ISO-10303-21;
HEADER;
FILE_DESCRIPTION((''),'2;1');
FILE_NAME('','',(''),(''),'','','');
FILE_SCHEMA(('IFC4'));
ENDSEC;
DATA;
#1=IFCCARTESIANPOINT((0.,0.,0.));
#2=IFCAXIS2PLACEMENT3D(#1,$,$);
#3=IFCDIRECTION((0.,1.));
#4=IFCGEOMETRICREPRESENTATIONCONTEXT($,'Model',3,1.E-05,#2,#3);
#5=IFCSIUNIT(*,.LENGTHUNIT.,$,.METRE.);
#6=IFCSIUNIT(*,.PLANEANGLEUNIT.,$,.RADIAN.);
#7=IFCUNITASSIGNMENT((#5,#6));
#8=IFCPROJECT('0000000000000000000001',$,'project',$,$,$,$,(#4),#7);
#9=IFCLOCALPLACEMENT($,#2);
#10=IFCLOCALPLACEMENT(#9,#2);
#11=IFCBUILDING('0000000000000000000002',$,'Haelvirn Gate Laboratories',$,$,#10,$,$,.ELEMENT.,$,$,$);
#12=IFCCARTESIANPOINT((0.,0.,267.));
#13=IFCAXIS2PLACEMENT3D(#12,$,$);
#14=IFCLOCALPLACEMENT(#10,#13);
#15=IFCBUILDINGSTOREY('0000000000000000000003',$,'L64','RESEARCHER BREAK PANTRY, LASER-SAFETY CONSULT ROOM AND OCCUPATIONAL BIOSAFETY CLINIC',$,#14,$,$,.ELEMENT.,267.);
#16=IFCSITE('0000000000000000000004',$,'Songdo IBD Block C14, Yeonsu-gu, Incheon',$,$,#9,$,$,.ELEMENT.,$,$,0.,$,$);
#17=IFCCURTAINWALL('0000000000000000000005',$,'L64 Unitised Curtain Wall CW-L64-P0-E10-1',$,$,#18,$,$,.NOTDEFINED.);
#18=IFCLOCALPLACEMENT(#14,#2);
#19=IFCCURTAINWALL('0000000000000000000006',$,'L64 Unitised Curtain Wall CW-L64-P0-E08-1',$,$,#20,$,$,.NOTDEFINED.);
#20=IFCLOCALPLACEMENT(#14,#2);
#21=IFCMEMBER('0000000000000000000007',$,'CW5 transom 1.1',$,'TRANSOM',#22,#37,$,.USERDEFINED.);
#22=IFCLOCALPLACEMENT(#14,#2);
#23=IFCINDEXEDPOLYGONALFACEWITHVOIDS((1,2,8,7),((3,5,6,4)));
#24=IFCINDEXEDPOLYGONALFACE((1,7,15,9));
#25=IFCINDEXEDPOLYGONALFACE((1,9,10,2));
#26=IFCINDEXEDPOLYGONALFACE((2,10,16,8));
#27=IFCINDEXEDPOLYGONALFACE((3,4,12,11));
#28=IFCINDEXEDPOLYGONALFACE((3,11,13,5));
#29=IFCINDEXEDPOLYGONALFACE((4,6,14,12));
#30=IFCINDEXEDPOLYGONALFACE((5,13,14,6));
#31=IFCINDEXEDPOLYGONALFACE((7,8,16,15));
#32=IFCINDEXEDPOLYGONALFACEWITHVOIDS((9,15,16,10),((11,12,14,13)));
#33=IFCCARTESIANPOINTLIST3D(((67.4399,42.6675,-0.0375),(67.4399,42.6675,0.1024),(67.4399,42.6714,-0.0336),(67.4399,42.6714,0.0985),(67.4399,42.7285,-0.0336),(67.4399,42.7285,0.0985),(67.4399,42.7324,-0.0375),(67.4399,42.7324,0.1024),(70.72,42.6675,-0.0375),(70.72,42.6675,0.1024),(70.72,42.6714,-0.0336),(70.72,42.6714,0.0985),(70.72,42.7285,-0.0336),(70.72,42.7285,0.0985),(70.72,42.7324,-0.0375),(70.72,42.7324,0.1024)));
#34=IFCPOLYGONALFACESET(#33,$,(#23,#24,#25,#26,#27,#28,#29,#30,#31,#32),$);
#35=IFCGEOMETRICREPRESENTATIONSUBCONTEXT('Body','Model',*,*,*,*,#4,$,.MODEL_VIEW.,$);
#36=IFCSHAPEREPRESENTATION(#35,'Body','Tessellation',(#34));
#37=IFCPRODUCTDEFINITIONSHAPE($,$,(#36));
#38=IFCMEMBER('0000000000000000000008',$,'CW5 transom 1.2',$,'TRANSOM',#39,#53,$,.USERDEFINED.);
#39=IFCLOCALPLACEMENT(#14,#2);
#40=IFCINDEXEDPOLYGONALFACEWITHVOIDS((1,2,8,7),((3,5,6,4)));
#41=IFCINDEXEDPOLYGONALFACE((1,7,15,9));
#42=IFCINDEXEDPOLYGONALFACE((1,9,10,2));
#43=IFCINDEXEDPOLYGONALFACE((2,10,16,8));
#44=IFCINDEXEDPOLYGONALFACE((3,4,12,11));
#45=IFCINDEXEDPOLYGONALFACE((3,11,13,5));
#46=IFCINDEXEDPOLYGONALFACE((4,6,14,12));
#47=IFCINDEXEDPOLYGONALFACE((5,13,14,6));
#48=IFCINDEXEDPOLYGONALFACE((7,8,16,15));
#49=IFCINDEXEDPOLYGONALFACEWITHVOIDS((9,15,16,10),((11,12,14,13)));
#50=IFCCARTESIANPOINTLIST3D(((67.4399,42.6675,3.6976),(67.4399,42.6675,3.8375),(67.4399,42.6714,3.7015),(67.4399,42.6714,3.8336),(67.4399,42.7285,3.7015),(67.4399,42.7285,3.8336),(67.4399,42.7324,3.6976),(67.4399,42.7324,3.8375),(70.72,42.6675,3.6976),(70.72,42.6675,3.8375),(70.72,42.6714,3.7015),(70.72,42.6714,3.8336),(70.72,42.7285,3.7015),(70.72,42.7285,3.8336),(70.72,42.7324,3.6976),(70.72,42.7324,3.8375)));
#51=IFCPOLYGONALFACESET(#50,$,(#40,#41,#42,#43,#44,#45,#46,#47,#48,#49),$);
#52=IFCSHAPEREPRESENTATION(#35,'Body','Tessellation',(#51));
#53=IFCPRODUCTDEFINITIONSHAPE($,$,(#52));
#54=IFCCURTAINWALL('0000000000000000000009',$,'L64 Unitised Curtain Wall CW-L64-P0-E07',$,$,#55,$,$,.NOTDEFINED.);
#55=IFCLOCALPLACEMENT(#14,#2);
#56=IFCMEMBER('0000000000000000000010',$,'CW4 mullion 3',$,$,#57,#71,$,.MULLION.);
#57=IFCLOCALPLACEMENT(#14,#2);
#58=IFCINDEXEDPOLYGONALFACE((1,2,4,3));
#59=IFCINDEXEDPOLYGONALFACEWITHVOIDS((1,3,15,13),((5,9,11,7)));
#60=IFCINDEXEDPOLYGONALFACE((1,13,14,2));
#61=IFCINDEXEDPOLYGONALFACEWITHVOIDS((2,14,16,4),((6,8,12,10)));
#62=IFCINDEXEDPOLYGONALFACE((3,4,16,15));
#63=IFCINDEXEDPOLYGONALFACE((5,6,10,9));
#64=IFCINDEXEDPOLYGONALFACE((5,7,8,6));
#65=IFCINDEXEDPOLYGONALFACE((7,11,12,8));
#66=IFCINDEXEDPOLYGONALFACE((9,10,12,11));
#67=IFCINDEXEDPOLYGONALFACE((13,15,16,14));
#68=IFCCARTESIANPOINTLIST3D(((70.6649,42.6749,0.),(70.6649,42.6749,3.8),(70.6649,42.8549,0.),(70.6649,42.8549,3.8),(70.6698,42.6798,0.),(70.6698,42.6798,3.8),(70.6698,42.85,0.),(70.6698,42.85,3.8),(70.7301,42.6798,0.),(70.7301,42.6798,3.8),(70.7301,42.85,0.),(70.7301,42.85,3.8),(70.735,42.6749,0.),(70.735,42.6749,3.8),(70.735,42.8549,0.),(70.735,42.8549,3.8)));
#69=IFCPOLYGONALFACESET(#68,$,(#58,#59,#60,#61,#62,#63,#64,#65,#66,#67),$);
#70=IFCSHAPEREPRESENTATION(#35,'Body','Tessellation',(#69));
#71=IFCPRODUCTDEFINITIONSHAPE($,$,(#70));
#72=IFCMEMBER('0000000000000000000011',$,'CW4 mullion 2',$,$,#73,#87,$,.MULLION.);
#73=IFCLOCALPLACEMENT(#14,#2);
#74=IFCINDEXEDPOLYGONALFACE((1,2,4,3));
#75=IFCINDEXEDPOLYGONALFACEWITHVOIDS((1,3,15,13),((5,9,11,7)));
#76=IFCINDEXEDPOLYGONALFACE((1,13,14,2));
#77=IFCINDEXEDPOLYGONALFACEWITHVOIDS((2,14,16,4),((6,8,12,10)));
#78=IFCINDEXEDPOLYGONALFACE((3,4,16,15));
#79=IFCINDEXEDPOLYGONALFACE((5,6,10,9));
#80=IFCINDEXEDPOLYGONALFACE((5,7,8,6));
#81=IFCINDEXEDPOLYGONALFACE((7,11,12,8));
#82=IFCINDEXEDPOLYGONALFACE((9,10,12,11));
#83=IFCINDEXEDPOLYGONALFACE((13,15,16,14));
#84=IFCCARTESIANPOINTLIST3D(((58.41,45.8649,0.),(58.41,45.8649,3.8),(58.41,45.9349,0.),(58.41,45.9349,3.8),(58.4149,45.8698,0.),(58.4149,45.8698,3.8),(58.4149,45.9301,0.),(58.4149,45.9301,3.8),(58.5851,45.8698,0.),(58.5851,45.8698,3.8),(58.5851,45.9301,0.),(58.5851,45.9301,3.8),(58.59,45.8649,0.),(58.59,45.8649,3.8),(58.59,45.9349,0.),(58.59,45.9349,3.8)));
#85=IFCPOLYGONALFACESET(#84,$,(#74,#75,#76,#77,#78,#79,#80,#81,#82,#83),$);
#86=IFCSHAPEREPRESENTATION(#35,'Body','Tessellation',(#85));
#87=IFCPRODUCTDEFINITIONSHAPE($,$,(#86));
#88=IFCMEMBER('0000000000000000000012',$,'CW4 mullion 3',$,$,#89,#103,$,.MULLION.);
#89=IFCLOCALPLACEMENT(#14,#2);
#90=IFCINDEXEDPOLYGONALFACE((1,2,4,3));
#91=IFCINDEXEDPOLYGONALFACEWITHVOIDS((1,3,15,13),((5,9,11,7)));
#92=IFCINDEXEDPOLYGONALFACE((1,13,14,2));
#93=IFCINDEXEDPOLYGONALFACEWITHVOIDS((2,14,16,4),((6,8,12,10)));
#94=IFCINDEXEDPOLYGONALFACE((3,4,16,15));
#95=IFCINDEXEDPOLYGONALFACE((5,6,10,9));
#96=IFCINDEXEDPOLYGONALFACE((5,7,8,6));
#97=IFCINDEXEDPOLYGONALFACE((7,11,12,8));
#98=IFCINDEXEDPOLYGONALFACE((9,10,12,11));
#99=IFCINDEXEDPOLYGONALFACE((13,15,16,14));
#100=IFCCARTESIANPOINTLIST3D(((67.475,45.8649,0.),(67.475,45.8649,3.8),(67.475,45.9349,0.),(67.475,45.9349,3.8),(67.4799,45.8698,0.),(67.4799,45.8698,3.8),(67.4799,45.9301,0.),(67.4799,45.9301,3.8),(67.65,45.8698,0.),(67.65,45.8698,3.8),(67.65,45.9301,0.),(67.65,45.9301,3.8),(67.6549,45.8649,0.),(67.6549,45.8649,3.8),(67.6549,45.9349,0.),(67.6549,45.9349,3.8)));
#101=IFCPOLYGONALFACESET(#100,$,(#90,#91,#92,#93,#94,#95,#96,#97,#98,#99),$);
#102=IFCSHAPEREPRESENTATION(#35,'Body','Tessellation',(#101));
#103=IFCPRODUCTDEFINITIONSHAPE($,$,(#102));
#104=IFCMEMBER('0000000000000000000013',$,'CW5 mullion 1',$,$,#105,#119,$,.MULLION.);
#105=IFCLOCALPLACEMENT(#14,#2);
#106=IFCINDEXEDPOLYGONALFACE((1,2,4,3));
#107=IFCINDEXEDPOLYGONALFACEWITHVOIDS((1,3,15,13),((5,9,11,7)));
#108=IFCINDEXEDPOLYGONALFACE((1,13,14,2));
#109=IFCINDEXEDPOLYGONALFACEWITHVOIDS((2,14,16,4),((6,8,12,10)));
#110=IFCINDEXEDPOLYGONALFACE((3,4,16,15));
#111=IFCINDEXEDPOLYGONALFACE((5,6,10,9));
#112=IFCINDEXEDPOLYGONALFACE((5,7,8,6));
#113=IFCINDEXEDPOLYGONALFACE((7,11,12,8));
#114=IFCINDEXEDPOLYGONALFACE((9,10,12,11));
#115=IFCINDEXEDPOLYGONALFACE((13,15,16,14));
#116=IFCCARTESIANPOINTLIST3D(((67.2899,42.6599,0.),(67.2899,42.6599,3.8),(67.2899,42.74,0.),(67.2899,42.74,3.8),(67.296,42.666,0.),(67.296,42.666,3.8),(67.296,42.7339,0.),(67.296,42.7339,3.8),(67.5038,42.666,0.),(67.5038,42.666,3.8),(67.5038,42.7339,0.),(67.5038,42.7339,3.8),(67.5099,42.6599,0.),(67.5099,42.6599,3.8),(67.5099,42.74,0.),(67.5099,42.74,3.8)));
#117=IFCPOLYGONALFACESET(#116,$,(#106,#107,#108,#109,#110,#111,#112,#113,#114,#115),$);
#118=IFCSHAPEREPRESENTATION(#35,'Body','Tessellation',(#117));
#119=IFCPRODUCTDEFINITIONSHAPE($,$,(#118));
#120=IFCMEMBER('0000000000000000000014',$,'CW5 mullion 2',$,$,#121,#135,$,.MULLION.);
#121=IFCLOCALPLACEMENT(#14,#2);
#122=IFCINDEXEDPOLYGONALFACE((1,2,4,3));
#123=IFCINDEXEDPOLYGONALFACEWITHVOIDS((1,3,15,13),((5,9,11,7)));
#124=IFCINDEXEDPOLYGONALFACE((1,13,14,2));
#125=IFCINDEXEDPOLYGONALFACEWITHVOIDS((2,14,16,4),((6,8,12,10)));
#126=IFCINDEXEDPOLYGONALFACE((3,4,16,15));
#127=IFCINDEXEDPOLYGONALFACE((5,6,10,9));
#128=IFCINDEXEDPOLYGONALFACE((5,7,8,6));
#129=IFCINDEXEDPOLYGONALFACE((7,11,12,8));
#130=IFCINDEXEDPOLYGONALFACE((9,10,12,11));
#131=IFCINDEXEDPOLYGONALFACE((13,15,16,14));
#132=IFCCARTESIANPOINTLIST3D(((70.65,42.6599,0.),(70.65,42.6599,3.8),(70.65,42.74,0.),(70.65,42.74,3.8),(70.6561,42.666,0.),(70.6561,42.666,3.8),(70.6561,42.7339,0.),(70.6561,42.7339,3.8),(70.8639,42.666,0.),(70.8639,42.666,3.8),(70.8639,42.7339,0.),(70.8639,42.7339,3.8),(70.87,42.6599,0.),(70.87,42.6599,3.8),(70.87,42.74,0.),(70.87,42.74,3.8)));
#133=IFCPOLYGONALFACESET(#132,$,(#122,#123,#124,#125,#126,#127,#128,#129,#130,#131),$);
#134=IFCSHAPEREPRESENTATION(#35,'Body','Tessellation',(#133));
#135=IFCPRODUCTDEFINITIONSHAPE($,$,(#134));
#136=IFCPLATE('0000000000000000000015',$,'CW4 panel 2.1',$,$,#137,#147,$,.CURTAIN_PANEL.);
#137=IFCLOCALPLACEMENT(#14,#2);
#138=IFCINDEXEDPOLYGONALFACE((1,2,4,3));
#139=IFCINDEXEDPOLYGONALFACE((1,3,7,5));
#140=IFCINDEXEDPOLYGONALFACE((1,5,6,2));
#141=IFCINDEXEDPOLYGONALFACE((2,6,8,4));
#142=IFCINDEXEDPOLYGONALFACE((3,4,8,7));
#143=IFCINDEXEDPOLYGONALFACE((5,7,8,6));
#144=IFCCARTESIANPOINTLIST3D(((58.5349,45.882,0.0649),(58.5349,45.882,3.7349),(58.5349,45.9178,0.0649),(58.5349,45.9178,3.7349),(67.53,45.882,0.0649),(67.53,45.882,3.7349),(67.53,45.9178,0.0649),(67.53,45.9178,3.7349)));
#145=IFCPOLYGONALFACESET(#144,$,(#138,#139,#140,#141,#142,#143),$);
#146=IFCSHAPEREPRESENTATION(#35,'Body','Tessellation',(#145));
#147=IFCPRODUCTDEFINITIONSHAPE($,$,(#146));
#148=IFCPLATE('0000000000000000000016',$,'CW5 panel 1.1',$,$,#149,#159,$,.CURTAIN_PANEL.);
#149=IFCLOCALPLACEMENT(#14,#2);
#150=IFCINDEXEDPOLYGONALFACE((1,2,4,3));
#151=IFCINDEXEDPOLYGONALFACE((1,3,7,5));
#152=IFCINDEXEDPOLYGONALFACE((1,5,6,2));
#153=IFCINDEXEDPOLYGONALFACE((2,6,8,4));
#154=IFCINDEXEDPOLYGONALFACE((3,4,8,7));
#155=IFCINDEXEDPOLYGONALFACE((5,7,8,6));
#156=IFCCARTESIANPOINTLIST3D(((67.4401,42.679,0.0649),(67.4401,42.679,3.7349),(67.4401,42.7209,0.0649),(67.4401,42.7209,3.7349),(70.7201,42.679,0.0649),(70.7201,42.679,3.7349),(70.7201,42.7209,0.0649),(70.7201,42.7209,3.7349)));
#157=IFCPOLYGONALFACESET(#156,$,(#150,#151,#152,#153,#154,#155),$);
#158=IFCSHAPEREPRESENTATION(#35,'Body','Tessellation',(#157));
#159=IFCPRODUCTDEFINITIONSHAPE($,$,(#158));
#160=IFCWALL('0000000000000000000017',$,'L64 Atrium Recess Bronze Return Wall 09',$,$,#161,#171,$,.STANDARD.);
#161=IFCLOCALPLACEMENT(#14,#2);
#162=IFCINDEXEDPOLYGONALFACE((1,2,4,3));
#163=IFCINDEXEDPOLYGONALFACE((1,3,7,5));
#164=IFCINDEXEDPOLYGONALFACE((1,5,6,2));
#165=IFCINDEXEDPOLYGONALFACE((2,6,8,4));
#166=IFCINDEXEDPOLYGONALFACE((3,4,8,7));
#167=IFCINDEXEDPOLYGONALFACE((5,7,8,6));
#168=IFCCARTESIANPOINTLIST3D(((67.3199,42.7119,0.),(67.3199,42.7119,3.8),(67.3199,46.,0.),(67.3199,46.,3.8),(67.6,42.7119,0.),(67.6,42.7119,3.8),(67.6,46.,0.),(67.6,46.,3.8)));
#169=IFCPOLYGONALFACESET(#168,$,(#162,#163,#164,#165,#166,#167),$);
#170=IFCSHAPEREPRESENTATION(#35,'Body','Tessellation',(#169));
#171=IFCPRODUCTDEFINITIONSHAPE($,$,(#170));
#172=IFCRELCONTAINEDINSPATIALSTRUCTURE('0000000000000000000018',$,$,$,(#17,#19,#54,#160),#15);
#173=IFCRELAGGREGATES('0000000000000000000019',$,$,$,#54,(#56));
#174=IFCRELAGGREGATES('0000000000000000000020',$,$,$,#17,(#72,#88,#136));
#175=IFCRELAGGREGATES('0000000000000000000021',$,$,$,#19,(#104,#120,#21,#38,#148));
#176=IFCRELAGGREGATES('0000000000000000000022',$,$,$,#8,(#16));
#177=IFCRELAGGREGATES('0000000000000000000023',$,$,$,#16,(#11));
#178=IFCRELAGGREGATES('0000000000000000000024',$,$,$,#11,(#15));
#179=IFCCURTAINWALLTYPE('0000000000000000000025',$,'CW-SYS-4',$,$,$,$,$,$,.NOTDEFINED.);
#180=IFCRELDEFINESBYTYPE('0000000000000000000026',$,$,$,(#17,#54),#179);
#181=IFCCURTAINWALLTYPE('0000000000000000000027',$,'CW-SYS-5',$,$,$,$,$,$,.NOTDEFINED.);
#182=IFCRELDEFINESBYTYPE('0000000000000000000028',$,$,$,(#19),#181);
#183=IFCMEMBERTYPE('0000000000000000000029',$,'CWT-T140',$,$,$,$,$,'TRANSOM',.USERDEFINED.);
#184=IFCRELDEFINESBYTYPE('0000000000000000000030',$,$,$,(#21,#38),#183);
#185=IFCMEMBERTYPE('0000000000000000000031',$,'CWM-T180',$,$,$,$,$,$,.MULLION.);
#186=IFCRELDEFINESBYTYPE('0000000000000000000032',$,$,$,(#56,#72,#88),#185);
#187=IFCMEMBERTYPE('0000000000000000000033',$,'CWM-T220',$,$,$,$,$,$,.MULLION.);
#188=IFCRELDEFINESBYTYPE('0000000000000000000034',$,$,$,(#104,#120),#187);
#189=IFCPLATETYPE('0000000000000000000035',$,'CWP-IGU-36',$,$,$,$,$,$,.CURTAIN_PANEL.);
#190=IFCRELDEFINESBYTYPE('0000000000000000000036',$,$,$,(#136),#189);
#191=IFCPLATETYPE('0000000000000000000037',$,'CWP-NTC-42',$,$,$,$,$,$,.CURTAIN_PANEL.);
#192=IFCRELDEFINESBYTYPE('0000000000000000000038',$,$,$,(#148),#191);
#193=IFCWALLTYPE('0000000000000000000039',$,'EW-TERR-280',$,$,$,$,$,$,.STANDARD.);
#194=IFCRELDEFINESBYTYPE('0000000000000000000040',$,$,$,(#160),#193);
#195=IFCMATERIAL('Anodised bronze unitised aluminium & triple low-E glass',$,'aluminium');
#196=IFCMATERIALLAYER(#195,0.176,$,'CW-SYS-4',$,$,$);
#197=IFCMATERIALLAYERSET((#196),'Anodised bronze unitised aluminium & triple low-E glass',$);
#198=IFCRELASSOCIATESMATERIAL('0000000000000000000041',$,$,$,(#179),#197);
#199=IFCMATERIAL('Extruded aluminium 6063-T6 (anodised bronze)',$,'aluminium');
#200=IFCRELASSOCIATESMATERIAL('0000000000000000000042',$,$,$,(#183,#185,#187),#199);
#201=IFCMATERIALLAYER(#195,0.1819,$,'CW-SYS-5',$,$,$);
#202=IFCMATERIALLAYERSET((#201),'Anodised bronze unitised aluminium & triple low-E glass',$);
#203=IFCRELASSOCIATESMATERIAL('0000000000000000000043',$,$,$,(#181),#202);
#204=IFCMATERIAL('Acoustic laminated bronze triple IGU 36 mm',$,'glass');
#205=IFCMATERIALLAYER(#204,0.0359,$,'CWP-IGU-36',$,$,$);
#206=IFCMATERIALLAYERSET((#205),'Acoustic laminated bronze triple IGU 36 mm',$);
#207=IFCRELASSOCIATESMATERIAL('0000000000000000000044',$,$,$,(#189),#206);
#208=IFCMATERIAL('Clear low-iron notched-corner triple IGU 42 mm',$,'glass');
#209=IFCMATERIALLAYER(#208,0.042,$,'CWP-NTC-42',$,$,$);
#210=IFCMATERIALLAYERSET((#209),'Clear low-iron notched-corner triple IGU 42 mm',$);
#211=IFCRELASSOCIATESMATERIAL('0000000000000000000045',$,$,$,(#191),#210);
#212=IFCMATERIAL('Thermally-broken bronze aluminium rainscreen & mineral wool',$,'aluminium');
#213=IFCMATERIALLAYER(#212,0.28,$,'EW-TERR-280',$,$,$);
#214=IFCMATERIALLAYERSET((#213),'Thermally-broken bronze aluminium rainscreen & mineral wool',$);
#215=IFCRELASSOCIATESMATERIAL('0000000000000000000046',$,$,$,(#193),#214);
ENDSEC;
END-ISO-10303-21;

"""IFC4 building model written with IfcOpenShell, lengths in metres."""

from ifc_helpers import new_model, si_unit, direction, frame, frame_2d, origin, origin_2d, place, context, subcontext, project, spatial, rectangle, hollow_rectangle, extrude, source, transform, mapped, material, layer, layer_set, material_profile, profile_set, type_object, type_shapes, element, aggregate, save


model = new_model("IFC4")

# Units and contexts
model_context = context("Model", 3, precision=1e-05, world=origin(), true_north=direction((0.0, 1.0)))
body_context = subcontext(model_context, "Body", "Model", "MODEL_VIEW")
ifc_project = project(units=[si_unit("LENGTHUNIT", "METRE"), si_unit("PLANEANGLEUNIT", "RADIAN")], contexts=[model_context])

# Site, building, storey
site_placement = place(None, origin())
site = spatial("IfcSite", under=ifc_project, at=site_placement, Name="Songdo IBD Block C14, Yeonsu-gu, Incheon", CompositionType="ELEMENT", RefElevation=0.0)
building_placement = place(site_placement, origin())
building = spatial("IfcBuilding", under=site, at=building_placement, Name="Haelvirn Gate Laboratories", CompositionType="ELEMENT")
storey_placement = place(building_placement, frame((0.0, 0.0, 267.0)))
storey = spatial("IfcBuildingStorey", under=building, at=storey_placement, Name="L64", Description="RESEARCHER BREAK PANTRY, LASER-SAFETY CONSULT ROOM AND OCCUPATIONAL BIOSAFETY CLINIC", CompositionType="ELEMENT", Elevation=267.0)

# Curtain walls, members
ifc_material_1 = material(Name="Anodised bronze unitised aluminium & triple low-E glass", Category="aluminium")
ifc_layer_1 = layer(ifc_material_1, 0.176, Name="CW-SYS-4")
ifc_layer_set_1 = layer_set([ifc_layer_1], Name="Anodised bronze unitised aluminium & triple low-E glass")
curtain_wall_type_1 = type_object("IfcCurtainWallType", Name="CW-SYS-4", PredefinedType="NOTDEFINED", material=ifc_layer_set_1)
curtain_wall_1_placement = place(storey_placement, origin())
curtain_wall_1 = element("IfcCurtainWall", 1, at=curtain_wall_1_placement, inside=storey, type_object=curtain_wall_type_1, Name="L64 Unitised Curtain Wall CW-L64-P0-E10-1", PredefinedType="NOTDEFINED")
ifc_material_2 = material(Name="Extruded aluminium 6063-T6 (anodised bronze)", Category="aluminium")
ifc_material_profile_1 = material_profile(ifc_material_2, hollow_rectangle(XDim=0.0649, YDim=0.1399, WallThickness=0.0039, at=origin_2d()), Name="CWT-140x65x4")
ifc_profile_set_1 = profile_set([ifc_material_profile_1], Name="Extruded aluminium 6063-T6 (anodised bronze)")
member_type_1 = type_object("IfcMemberType", Name="CWT-T140", ElementType="TRANSOM", PredefinedType="USERDEFINED", material=ifc_profile_set_1)
ifc_layer_2 = layer(ifc_material_1, 0.1819, Name="CW-SYS-5")
ifc_layer_set_2 = layer_set([ifc_layer_2], Name="Anodised bronze unitised aluminium & triple low-E glass")
curtain_wall_type_2 = type_object("IfcCurtainWallType", Name="CW-SYS-5", PredefinedType="NOTDEFINED", material=ifc_layer_set_2)
curtain_wall_2_placement = place(storey_placement, origin())
curtain_wall_2 = element("IfcCurtainWall", 2, at=curtain_wall_2_placement, inside=storey, type_object=curtain_wall_type_2, Name="L64 Unitised Curtain Wall CW-L64-P0-E08-1", PredefinedType="NOTDEFINED")
shared_shape_1 = source(origin(), body_context, "Body", "SweptSolid", [
    extrude(hollow_rectangle(XDim=0.0649, YDim=0.1399, WallThickness=0.0039, at=origin_2d()), origin(), (0.0, 0.0, 1.0), 3.28),
])
member_1_placement = place(storey_placement, frame((67.4399, 42.7, 0.0325), z_axis=(1.0, 0.0, 0.0), x_axis=(0.0, 1.0, 0.0)))
member_1 = element("IfcMember", 3, at=member_1_placement, type_object=member_type_1, Name="CW5 transom 1.1", ObjectType="TRANSOM", PredefinedType="USERDEFINED", context=body_context, shape_type="MappedRepresentation", body=[
    mapped(shared_shape_1, transform((0.0, 0.0, 0.0), scale=1.0)),
])
member_2_placement = place(storey_placement, frame((67.4399, 42.7, 3.7676), z_axis=(1.0, 0.0, 0.0), x_axis=(0.0, 1.0, 0.0)))
member_2 = element("IfcMember", 4, at=member_2_placement, type_object=member_type_1, Name="CW5 transom 1.2", ObjectType="TRANSOM", PredefinedType="USERDEFINED", context=body_context, shape_type="MappedRepresentation", body=[
    mapped(shared_shape_1, transform((0.0, 0.0, 0.0), scale=1.0)),
])

# Curtain wall, member
curtain_wall_3_placement = place(storey_placement, origin())
curtain_wall_3 = element("IfcCurtainWall", 5, at=curtain_wall_3_placement, inside=storey, type_object=curtain_wall_type_1, Name="L64 Unitised Curtain Wall CW-L64-P0-E07", PredefinedType="NOTDEFINED")
ifc_material_profile_2 = material_profile(ifc_material_2, hollow_rectangle(XDim=0.0701, YDim=0.1799, WallThickness=0.0049, at=origin_2d()), Name="CWM-180x70x5")
ifc_profile_set_2 = profile_set([ifc_material_profile_2], Name="Extruded aluminium 6063-T6 (anodised bronze)")
member_type_2 = type_object("IfcMemberType", Name="CWM-T180", PredefinedType="MULLION", material=ifc_profile_set_2)
shared_shape_2 = source(origin(), body_context, "Body", "SweptSolid", [
    extrude(hollow_rectangle(XDim=0.0701, YDim=0.1799, WallThickness=0.0049, at=origin_2d()), origin(), (0.0, 0.0, 1.0), 3.8),
])
type_shapes(member_type_2, [shared_shape_2])
member_3_placement = place(storey_placement, frame((70.7, 42.7649, 0.0), z_axis=(0.0, 0.0, 1.0), x_axis=(-1.0, 0.0, 0.0)))
member_3 = element("IfcMember", 6, at=member_3_placement, type_object=member_type_2, Name="CW4 mullion 3", PredefinedType="MULLION", context=body_context, shape_type="MappedRepresentation", body=[
    mapped(shared_shape_2, transform((0.0, 0.0, 0.0), scale=1.0)),
])
aggregate(curtain_wall_3, [member_3])

# Members
member_4_placement = place(storey_placement, frame((58.5, 45.8999, 0.0), z_axis=(0.0, 0.0, 1.0), x_axis=(0.0, 1.0, 0.0)))
member_4 = element("IfcMember", 7, at=member_4_placement, type_object=member_type_2, Name="CW4 mullion 2", PredefinedType="MULLION", context=body_context, shape_type="MappedRepresentation", body=[
    mapped(shared_shape_2, transform((0.0, 0.0, 0.0), scale=1.0)),
])
member_5_placement = place(storey_placement, frame((67.5649, 45.8999, 0.0), z_axis=(0.0, 0.0, 1.0), x_axis=(0.0, 1.0, 0.0)))
member_5 = element("IfcMember", 8, at=member_5_placement, type_object=member_type_2, Name="CW4 mullion 3", PredefinedType="MULLION", context=body_context, shape_type="MappedRepresentation", body=[
    mapped(shared_shape_2, transform((0.0, 0.0, 0.0), scale=1.0)),
])
ifc_material_profile_3 = material_profile(ifc_material_2, hollow_rectangle(XDim=0.0801, YDim=0.22, WallThickness=0.0061, at=origin_2d()), Name="CWM-220x80x6")
ifc_profile_set_3 = profile_set([ifc_material_profile_3], Name="Extruded aluminium 6063-T6 (anodised bronze)")
member_type_3 = type_object("IfcMemberType", Name="CWM-T220", PredefinedType="MULLION", material=ifc_profile_set_3)
shared_shape_3 = source(origin(), body_context, "Body", "SweptSolid", [
    extrude(hollow_rectangle(XDim=0.0801, YDim=0.22, WallThickness=0.0061, at=origin_2d()), origin(), (0.0, 0.0, 1.0), 3.8),
])
type_shapes(member_type_3, [shared_shape_3])
member_6_placement = place(storey_placement, frame((67.3999, 42.7, 0.0), z_axis=(0.0, 0.0, 1.0), x_axis=(0.0, 1.0, 0.0)))
member_6 = element("IfcMember", 9, at=member_6_placement, type_object=member_type_3, Name="CW5 mullion 1", PredefinedType="MULLION", context=body_context, shape_type="MappedRepresentation", body=[
    mapped(shared_shape_3, transform((0.0, 0.0, 0.0), scale=1.0)),
])
member_7_placement = place(storey_placement, frame((70.76, 42.7, 0.0), z_axis=(0.0, 0.0, 1.0), x_axis=(0.0, 1.0, 0.0)))
member_7 = element("IfcMember", 10, at=member_7_placement, type_object=member_type_3, Name="CW5 mullion 2", PredefinedType="MULLION", context=body_context, shape_type="MappedRepresentation", body=[
    mapped(shared_shape_3, transform((0.0, 0.0, 0.0), scale=1.0)),
])

# Plates
ifc_material_3 = material(Name="Acoustic laminated bronze triple IGU 36 mm", Category="glass")
ifc_layer_3 = layer(ifc_material_3, 0.0359, Name="CWP-IGU-36")
ifc_layer_set_3 = layer_set([ifc_layer_3], Name="Acoustic laminated bronze triple IGU 36 mm")
plate_type_1 = type_object("IfcPlateType", Name="CWP-IGU-36", PredefinedType="CURTAIN_PANEL", material=ifc_layer_set_3)
shared_shape_4 = source(origin(), body_context, "Body", "SweptSolid", [
    extrude(rectangle(XDim=8.9951, YDim=0.0359, at=origin_2d()), origin(), (0.0, 0.0, 1.0), 3.6699),
])
type_shapes(plate_type_1, [shared_shape_4])
plate_1_placement = place(storey_placement, frame((63.0325, 45.8999, 0.0649), z_axis=(0.0, 0.0, 1.0), x_axis=(1.0, 0.0, 0.0)))
plate_1 = element("IfcPlate", 11, at=plate_1_placement, type_object=plate_type_1, Name="CW4 panel 2.1", PredefinedType="CURTAIN_PANEL", context=body_context, shape_type="MappedRepresentation", body=[
    mapped(shared_shape_4, transform((0.0, 0.0, 0.0), scale=1.0)),
])
aggregate(curtain_wall_1, [member_4, member_5, plate_1])
ifc_material_4 = material(Name="Clear low-iron notched-corner triple IGU 42 mm", Category="glass")
ifc_layer_4 = layer(ifc_material_4, 0.042, Name="CWP-NTC-42")
ifc_layer_set_4 = layer_set([ifc_layer_4], Name="Clear low-iron notched-corner triple IGU 42 mm")
plate_type_2 = type_object("IfcPlateType", Name="CWP-NTC-42", PredefinedType="CURTAIN_PANEL", material=ifc_layer_set_4)
shared_shape_5 = source(origin(), body_context, "Body", "SweptSolid", [
    extrude(rectangle(XDim=3.28, YDim=0.042, at=origin_2d()), origin(), (0.0, 0.0, 1.0), 3.6699),
])
type_shapes(plate_type_2, [shared_shape_5])
plate_2_placement = place(storey_placement, frame((69.0801, 42.7, 0.0649), z_axis=(0.0, 0.0, 1.0), x_axis=(1.0, 0.0, 0.0)))
plate_2 = element("IfcPlate", 12, at=plate_2_placement, type_object=plate_type_2, Name="CW5 panel 1.1", PredefinedType="CURTAIN_PANEL", context=body_context, shape_type="MappedRepresentation", body=[
    mapped(shared_shape_5, transform((0.0, 0.0, 0.0), scale=1.0)),
])
aggregate(curtain_wall_2, [member_6, member_7, member_1, member_2, plate_2])

# Wall
ifc_material_5 = material(Name="Thermally-broken bronze aluminium rainscreen & mineral wool", Category="aluminium")
ifc_layer_5 = layer(ifc_material_5, 0.28, Name="EW-TERR-280")
ifc_layer_set_5 = layer_set([ifc_layer_5], Name="Thermally-broken bronze aluminium rainscreen & mineral wool")
wall_type_1 = type_object("IfcWallType", Name="EW-TERR-280", PredefinedType="STANDARD", material=ifc_layer_set_5)
wall_1_placement = place(storey_placement, frame((67.46, 42.7119, 0.0), z_axis=(0.0, 0.0, 1.0), x_axis=(0.0, 1.0, 0.0)))
element("IfcWall", 13, at=wall_1_placement, inside=storey, type_object=wall_type_1, Name="L64 Atrium Recess Bronze Return Wall 09", PredefinedType="STANDARD", context=body_context, shape_type="SweptSolid", body=[
    extrude(rectangle(XDim=3.2881, YDim=0.28, at=frame_2d((1.644, 0.0))), origin(), (0.0, 0.0, 1.0), 3.8),
])

save(model, "model.ifc")
